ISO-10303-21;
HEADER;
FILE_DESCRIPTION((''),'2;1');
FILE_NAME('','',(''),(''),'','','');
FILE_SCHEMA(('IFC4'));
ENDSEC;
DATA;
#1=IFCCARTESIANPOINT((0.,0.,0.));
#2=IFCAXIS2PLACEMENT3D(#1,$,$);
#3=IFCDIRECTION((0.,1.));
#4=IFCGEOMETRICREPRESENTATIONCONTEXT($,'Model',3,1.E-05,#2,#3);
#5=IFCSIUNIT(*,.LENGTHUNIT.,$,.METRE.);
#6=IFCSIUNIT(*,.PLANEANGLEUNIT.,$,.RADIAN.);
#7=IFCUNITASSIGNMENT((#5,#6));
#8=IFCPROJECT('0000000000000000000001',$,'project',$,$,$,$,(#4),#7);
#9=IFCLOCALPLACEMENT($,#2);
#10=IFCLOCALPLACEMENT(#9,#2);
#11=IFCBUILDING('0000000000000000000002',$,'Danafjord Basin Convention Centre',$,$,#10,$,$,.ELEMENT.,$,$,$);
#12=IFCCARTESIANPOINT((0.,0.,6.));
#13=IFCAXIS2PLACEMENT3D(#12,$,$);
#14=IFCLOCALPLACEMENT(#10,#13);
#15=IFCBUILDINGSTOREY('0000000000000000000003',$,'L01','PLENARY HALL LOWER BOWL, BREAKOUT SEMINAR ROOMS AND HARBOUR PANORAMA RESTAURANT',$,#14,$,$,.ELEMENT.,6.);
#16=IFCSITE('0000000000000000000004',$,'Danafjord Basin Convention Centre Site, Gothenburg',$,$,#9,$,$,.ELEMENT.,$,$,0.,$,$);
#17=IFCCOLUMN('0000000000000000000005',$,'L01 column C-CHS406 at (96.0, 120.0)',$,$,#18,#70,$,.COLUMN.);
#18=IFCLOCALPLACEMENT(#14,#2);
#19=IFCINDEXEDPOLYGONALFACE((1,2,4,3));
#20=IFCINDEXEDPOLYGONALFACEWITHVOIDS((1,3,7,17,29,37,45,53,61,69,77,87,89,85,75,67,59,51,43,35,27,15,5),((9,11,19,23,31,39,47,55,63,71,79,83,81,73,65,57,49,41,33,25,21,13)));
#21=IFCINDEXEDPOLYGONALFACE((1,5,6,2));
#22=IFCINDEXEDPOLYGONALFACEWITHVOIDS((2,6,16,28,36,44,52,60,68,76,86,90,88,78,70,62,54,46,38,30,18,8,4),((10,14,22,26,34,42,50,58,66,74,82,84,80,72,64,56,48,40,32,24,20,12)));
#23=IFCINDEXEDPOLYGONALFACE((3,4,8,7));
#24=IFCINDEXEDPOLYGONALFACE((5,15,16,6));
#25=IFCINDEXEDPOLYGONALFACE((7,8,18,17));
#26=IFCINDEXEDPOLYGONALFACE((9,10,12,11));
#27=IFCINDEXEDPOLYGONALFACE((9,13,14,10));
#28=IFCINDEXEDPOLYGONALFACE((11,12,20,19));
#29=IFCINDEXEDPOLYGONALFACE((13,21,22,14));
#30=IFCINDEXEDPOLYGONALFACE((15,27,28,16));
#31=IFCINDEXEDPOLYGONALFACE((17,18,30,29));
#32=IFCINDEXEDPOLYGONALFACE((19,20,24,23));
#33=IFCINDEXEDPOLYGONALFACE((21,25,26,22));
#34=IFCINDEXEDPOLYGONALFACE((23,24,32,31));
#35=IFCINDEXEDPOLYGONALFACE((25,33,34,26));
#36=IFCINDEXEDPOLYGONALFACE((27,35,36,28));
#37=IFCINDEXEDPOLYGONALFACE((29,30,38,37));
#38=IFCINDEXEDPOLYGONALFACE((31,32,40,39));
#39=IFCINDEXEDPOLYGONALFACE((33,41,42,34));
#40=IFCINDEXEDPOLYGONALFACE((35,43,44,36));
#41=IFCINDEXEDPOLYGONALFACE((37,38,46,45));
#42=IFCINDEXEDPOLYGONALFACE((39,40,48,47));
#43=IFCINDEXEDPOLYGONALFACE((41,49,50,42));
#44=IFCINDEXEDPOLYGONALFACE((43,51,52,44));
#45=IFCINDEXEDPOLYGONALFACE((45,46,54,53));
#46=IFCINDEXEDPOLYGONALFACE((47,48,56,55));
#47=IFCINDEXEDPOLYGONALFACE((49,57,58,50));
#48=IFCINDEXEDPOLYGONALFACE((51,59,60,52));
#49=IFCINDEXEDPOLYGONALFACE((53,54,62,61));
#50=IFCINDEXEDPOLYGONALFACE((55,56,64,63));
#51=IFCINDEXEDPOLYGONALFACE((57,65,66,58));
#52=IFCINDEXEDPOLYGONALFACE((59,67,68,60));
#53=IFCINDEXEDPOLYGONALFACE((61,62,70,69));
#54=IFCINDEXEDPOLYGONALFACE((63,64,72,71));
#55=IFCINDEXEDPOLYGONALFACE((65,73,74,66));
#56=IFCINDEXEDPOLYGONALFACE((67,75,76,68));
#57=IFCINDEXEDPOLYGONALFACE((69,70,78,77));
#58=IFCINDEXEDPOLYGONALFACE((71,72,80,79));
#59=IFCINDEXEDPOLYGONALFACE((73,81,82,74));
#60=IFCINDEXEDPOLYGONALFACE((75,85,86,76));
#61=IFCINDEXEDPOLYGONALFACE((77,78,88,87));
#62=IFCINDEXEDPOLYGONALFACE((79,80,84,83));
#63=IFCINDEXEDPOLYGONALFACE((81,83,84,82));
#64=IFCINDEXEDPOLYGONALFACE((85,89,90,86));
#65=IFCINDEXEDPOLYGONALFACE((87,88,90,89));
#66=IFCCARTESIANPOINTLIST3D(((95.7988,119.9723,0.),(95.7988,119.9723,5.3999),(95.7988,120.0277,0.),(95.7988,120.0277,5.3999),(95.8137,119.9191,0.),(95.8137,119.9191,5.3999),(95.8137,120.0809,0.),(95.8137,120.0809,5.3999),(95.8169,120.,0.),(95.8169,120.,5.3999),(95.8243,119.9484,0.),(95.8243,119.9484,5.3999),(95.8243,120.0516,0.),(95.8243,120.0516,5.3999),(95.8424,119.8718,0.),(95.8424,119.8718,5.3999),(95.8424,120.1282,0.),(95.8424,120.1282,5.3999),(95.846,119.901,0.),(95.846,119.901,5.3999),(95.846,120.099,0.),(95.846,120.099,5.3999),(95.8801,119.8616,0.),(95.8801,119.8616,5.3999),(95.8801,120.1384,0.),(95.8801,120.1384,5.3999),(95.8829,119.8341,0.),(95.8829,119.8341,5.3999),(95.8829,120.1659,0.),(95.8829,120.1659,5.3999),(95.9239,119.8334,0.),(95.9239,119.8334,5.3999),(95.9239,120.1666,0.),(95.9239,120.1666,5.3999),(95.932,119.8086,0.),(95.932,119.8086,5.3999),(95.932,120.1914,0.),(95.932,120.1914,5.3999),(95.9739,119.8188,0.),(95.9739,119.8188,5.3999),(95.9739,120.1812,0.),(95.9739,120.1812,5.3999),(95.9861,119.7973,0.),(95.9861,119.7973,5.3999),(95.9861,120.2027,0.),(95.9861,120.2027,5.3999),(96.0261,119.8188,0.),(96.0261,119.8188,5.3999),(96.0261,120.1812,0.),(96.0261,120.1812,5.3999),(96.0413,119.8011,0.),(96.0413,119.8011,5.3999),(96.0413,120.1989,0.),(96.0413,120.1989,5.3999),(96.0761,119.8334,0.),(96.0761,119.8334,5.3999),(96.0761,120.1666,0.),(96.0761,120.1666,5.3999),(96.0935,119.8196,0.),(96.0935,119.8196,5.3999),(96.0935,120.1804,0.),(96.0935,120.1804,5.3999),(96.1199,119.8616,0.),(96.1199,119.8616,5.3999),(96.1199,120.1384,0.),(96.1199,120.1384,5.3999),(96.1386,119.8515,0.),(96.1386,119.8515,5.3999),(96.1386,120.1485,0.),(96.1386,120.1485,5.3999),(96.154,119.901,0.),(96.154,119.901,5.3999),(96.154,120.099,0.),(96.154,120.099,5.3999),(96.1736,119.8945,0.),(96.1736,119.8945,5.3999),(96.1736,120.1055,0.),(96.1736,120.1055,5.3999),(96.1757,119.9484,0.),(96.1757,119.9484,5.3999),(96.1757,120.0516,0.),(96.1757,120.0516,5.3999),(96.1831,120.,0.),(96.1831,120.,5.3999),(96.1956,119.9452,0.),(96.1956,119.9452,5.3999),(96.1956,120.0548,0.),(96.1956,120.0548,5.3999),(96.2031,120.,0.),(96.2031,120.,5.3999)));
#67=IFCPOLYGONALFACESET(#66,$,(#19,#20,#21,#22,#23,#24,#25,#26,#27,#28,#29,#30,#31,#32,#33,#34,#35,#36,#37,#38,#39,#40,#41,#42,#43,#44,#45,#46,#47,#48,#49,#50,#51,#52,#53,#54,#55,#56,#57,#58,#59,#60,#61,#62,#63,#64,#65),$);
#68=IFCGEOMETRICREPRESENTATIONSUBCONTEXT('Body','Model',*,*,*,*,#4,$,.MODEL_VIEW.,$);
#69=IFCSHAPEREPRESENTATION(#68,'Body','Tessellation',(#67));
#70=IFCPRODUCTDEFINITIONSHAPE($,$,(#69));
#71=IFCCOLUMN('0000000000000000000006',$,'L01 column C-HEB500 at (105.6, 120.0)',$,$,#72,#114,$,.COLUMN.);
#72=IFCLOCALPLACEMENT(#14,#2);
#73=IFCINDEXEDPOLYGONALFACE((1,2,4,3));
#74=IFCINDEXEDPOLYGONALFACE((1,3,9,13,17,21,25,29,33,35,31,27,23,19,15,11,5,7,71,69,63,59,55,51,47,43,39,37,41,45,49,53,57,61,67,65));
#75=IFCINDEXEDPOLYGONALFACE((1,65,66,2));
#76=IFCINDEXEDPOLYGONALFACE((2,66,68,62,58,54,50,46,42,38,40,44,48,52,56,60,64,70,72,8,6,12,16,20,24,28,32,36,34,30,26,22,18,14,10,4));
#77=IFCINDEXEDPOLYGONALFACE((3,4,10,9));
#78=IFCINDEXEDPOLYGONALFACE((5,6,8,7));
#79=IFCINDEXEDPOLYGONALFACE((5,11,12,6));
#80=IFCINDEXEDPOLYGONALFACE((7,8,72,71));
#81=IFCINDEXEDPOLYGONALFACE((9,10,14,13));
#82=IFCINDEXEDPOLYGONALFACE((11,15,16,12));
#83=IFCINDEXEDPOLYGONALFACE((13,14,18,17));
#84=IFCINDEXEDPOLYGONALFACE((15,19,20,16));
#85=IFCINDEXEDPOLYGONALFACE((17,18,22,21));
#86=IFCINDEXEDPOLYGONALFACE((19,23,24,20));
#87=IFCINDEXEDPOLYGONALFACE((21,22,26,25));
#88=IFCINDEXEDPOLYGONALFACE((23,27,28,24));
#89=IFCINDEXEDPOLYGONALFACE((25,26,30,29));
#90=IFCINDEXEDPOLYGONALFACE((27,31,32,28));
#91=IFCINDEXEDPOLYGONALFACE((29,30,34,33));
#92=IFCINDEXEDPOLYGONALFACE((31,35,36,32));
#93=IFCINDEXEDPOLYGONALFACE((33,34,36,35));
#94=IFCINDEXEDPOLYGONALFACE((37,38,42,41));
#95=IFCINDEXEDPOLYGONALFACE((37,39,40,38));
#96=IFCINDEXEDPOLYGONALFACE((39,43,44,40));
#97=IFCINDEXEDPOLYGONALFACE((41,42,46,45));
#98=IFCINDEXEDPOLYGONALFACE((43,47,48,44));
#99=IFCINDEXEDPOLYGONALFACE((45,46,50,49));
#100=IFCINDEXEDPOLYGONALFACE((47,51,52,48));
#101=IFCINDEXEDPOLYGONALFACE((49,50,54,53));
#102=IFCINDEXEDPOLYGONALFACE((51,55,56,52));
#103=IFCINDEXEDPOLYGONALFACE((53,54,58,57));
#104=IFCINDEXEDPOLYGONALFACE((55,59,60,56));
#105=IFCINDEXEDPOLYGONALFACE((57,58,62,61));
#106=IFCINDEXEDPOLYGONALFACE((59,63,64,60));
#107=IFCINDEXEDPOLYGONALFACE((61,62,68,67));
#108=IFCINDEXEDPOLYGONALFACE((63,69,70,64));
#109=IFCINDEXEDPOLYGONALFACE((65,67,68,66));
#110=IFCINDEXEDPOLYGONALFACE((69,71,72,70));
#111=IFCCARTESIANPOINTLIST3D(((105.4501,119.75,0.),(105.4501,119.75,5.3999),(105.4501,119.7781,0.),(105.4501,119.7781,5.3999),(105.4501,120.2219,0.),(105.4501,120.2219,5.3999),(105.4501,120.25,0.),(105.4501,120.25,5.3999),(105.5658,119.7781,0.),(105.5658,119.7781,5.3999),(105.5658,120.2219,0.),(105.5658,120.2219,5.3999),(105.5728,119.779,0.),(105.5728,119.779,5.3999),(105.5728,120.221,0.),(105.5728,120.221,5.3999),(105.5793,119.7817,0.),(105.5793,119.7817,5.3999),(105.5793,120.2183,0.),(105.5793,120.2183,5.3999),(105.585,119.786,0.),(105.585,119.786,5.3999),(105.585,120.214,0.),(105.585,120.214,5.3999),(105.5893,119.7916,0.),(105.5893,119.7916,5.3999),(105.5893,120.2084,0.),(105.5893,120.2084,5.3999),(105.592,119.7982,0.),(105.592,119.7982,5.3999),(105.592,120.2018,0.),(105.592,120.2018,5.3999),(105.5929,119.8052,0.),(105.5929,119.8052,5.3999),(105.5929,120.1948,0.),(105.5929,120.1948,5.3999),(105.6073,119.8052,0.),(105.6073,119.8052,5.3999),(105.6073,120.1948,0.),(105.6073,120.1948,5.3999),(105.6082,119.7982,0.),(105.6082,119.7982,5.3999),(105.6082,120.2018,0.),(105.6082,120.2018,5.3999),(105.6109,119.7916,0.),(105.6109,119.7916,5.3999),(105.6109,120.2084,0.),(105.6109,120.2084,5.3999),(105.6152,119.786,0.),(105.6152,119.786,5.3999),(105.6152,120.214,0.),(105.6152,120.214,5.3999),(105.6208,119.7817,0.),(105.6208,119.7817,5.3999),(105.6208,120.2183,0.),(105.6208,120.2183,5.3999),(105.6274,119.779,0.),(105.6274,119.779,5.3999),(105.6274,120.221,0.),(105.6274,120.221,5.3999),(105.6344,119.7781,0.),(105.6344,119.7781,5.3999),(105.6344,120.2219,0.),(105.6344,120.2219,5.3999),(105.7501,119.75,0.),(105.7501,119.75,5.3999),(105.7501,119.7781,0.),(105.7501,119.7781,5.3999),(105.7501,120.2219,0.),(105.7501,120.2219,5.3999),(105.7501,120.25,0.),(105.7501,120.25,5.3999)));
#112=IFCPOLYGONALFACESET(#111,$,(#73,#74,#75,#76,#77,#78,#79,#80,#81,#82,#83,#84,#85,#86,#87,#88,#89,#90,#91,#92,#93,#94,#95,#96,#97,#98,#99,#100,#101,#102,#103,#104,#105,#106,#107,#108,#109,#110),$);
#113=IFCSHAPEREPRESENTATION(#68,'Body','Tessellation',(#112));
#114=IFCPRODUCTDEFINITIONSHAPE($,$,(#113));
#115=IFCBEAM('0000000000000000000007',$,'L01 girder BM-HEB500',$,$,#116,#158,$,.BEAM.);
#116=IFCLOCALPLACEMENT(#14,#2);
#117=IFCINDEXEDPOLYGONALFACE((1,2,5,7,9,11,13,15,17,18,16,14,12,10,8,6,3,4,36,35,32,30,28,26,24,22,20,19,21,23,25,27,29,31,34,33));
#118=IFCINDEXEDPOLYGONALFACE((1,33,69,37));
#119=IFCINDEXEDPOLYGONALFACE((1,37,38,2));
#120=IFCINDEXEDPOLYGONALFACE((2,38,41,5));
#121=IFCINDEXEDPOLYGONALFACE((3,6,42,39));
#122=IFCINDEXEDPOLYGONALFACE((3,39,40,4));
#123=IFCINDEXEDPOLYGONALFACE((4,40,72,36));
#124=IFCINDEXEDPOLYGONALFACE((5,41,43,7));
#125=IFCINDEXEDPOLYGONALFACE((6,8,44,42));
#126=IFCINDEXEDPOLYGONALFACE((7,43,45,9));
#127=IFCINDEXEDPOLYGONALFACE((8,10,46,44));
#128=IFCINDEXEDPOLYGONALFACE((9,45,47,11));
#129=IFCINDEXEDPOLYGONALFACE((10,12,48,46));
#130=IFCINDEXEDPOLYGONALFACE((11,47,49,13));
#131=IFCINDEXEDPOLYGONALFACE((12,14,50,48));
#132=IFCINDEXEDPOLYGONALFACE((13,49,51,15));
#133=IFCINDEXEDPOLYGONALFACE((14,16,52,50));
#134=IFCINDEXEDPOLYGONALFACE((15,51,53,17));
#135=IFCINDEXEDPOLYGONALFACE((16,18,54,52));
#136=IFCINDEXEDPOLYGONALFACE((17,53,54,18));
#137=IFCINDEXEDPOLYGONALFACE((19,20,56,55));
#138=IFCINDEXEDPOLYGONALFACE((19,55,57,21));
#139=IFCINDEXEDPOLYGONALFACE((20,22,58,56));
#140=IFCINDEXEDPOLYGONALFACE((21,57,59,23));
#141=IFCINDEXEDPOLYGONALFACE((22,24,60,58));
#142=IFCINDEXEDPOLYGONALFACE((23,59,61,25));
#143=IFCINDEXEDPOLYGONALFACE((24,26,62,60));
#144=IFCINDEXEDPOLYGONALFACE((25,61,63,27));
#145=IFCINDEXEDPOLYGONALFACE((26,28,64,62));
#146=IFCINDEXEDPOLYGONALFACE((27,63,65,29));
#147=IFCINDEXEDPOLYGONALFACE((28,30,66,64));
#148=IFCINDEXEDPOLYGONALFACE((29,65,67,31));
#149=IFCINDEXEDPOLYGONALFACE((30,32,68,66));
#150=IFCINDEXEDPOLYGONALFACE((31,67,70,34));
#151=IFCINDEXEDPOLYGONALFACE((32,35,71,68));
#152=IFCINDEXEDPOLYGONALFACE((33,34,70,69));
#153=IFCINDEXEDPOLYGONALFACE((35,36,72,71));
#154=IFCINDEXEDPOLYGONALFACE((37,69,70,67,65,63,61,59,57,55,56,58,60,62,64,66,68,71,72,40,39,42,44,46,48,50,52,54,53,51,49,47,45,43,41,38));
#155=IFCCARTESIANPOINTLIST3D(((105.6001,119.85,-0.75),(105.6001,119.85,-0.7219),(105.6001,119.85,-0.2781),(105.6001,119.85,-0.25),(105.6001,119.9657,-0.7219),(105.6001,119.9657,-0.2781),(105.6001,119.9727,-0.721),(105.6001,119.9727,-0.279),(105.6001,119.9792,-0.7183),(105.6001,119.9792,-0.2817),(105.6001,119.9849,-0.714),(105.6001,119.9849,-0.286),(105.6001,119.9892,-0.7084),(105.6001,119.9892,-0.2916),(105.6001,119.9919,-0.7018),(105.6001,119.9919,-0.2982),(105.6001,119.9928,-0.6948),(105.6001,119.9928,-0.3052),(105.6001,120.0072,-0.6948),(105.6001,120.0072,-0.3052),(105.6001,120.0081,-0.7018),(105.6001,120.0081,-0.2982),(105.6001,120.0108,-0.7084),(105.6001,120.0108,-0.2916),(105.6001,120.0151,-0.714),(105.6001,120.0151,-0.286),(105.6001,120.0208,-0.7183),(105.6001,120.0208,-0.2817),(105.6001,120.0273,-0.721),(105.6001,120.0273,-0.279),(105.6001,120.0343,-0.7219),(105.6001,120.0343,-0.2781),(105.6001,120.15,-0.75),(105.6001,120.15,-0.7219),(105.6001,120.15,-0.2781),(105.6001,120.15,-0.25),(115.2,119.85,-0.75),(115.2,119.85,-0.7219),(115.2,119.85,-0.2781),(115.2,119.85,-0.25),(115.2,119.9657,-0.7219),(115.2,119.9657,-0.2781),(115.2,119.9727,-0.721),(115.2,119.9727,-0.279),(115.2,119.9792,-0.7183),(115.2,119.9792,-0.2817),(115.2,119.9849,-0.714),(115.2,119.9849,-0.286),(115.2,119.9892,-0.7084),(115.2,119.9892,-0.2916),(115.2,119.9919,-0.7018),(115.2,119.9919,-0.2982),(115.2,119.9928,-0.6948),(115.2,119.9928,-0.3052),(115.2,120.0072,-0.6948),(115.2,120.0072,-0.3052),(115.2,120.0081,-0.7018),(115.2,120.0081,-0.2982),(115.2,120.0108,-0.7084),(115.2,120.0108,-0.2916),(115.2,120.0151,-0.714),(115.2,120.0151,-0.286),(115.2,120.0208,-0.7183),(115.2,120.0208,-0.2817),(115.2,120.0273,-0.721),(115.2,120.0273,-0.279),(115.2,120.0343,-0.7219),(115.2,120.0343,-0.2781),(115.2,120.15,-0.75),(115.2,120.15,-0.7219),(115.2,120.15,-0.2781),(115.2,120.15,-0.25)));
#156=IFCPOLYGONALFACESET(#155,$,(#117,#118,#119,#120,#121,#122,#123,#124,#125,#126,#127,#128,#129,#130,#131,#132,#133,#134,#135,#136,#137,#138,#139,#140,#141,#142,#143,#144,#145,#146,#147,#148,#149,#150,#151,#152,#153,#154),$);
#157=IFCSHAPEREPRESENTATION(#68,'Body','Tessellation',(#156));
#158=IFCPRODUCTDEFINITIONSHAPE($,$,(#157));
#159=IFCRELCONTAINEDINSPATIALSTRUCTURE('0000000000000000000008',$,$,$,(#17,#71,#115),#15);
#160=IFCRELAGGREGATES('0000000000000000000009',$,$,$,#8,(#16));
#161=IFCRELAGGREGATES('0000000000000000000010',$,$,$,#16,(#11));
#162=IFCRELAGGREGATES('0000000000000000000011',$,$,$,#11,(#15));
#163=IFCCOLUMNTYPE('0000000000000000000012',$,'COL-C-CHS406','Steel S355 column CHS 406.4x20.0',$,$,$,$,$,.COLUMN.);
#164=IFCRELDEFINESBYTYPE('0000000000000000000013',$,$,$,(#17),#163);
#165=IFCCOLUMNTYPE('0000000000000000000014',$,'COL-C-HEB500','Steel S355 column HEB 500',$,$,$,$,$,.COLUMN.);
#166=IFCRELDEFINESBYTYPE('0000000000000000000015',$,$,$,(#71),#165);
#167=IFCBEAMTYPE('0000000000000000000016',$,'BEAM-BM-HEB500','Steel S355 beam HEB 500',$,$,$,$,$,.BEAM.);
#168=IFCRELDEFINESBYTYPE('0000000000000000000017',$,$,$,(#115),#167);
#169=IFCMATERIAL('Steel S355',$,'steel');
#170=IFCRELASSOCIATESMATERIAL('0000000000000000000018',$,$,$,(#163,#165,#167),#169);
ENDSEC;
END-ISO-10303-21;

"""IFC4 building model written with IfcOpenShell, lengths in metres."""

from ifc_helpers import new_model, si_unit, direction, frame, origin, origin_2d, place, context, subcontext, project, spatial, hollow_circle, i_section, extrude, material, material_profile, profile_set, type_object, element, save


model = new_model("IFC4")

# Units and contexts
model_context = context("Model", 3, precision=1e-05, world=origin(), true_north=direction((0.0, 1.0)))
body_context = subcontext(model_context, "Body", "Model", "MODEL_VIEW")
ifc_project = project(units=[si_unit("LENGTHUNIT", "METRE"), si_unit("PLANEANGLEUNIT", "RADIAN")], contexts=[model_context])

# Site, building, storey
site_placement = place(None, origin())
site = spatial("IfcSite", under=ifc_project, at=site_placement, Name="Danafjord Basin Convention Centre Site, Gothenburg", CompositionType="ELEMENT", RefElevation=0.0)
building_placement = place(site_placement, origin())
building = spatial("IfcBuilding", under=site, at=building_placement, Name="Danafjord Basin Convention Centre", CompositionType="ELEMENT")
storey_placement = place(building_placement, frame((0.0, 0.0, 6.0)))
storey = spatial("IfcBuildingStorey", under=building, at=storey_placement, Name="L01", Description="PLENARY HALL LOWER BOWL, BREAKOUT SEMINAR ROOMS AND HARBOUR PANORAMA RESTAURANT", CompositionType="ELEMENT", Elevation=6.0)

# Columns
ifc_material_1 = material(Name="Steel S355", Category="steel")
ifc_material_profile_1 = material_profile(ifc_material_1, hollow_circle(Radius=0.2031, WallThickness=0.02, at=origin_2d()), Name="CHS 406.4x20.0")
ifc_profile_set_1 = profile_set([ifc_material_profile_1], Name="Steel S355")
column_type_1 = type_object("IfcColumnType", Name="COL-C-CHS406", Description="Steel S355 column CHS 406.4x20.0", PredefinedType="COLUMN", material=ifc_profile_set_1)
column_1_placement = place(storey_placement, frame((96.0, 120.0, 0.0), z_axis=(0.0, 0.0, 1.0), x_axis=(1.0, 0.0, 0.0)))
element("IfcColumn", 1, at=column_1_placement, inside=storey, type_object=column_type_1, Name="L01 column C-CHS406 at (96.0, 120.0)", PredefinedType="COLUMN", context=body_context, shape_type="SweptSolid", body=[
    extrude(hollow_circle(Radius=0.2031, WallThickness=0.02, at=origin_2d()), origin(), (0.0, 0.0, 1.0), 5.3999),
])
ifc_material_profile_2 = material_profile(ifc_material_1, i_section(OverallWidth=0.3, OverallDepth=0.5, WebThickness=0.0144, FlangeThickness=0.0281, FilletRadius=0.0271, at=origin_2d()), Name="HEB 500")
ifc_profile_set_2 = profile_set([ifc_material_profile_2], Name="Steel S355")
column_type_2 = type_object("IfcColumnType", Name="COL-C-HEB500", Description="Steel S355 column HEB 500", PredefinedType="COLUMN", material=ifc_profile_set_2)
column_2_placement = place(storey_placement, frame((105.6001, 120.0, 0.0), z_axis=(0.0, 0.0, 1.0), x_axis=(1.0, 0.0, 0.0)))
element("IfcColumn", 2, at=column_2_placement, inside=storey, type_object=column_type_2, Name="L01 column C-HEB500 at (105.6, 120.0)", PredefinedType="COLUMN", context=body_context, shape_type="SweptSolid", body=[
    extrude(i_section(OverallWidth=0.3, OverallDepth=0.5, WebThickness=0.0144, FlangeThickness=0.0281, FilletRadius=0.0271, at=origin_2d()), origin(), (0.0, 0.0, 1.0), 5.3999),
])

# Beam
ifc_material_profile_3 = material_profile(ifc_material_1, i_section(OverallWidth=0.3, OverallDepth=0.5, WebThickness=0.0144, FlangeThickness=0.0281, FilletRadius=0.0271, at=origin_2d()), Name="HEB 500")
ifc_profile_set_3 = profile_set([ifc_material_profile_3], Name="Steel S355")
beam_type_1 = type_object("IfcBeamType", Name="BEAM-BM-HEB500", Description="Steel S355 beam HEB 500", PredefinedType="BEAM", material=ifc_profile_set_3)
beam_1_placement = place(storey_placement, frame((105.6001, 120.0, -0.5), z_axis=(1.0, 0.0, 0.0), x_axis=(0.0, 1.0, 0.0)))
element("IfcBeam", 3, at=beam_1_placement, inside=storey, type_object=beam_type_1, Name="L01 girder BM-HEB500", PredefinedType="BEAM", context=body_context, shape_type="SweptSolid", body=[
    extrude(i_section(OverallWidth=0.3, OverallDepth=0.5, WebThickness=0.0144, FlangeThickness=0.0281, FilletRadius=0.0271, at=origin_2d()), origin(), (0.0, 0.0, 1.0), 9.5999),
])

save(model, "model.ifc")
